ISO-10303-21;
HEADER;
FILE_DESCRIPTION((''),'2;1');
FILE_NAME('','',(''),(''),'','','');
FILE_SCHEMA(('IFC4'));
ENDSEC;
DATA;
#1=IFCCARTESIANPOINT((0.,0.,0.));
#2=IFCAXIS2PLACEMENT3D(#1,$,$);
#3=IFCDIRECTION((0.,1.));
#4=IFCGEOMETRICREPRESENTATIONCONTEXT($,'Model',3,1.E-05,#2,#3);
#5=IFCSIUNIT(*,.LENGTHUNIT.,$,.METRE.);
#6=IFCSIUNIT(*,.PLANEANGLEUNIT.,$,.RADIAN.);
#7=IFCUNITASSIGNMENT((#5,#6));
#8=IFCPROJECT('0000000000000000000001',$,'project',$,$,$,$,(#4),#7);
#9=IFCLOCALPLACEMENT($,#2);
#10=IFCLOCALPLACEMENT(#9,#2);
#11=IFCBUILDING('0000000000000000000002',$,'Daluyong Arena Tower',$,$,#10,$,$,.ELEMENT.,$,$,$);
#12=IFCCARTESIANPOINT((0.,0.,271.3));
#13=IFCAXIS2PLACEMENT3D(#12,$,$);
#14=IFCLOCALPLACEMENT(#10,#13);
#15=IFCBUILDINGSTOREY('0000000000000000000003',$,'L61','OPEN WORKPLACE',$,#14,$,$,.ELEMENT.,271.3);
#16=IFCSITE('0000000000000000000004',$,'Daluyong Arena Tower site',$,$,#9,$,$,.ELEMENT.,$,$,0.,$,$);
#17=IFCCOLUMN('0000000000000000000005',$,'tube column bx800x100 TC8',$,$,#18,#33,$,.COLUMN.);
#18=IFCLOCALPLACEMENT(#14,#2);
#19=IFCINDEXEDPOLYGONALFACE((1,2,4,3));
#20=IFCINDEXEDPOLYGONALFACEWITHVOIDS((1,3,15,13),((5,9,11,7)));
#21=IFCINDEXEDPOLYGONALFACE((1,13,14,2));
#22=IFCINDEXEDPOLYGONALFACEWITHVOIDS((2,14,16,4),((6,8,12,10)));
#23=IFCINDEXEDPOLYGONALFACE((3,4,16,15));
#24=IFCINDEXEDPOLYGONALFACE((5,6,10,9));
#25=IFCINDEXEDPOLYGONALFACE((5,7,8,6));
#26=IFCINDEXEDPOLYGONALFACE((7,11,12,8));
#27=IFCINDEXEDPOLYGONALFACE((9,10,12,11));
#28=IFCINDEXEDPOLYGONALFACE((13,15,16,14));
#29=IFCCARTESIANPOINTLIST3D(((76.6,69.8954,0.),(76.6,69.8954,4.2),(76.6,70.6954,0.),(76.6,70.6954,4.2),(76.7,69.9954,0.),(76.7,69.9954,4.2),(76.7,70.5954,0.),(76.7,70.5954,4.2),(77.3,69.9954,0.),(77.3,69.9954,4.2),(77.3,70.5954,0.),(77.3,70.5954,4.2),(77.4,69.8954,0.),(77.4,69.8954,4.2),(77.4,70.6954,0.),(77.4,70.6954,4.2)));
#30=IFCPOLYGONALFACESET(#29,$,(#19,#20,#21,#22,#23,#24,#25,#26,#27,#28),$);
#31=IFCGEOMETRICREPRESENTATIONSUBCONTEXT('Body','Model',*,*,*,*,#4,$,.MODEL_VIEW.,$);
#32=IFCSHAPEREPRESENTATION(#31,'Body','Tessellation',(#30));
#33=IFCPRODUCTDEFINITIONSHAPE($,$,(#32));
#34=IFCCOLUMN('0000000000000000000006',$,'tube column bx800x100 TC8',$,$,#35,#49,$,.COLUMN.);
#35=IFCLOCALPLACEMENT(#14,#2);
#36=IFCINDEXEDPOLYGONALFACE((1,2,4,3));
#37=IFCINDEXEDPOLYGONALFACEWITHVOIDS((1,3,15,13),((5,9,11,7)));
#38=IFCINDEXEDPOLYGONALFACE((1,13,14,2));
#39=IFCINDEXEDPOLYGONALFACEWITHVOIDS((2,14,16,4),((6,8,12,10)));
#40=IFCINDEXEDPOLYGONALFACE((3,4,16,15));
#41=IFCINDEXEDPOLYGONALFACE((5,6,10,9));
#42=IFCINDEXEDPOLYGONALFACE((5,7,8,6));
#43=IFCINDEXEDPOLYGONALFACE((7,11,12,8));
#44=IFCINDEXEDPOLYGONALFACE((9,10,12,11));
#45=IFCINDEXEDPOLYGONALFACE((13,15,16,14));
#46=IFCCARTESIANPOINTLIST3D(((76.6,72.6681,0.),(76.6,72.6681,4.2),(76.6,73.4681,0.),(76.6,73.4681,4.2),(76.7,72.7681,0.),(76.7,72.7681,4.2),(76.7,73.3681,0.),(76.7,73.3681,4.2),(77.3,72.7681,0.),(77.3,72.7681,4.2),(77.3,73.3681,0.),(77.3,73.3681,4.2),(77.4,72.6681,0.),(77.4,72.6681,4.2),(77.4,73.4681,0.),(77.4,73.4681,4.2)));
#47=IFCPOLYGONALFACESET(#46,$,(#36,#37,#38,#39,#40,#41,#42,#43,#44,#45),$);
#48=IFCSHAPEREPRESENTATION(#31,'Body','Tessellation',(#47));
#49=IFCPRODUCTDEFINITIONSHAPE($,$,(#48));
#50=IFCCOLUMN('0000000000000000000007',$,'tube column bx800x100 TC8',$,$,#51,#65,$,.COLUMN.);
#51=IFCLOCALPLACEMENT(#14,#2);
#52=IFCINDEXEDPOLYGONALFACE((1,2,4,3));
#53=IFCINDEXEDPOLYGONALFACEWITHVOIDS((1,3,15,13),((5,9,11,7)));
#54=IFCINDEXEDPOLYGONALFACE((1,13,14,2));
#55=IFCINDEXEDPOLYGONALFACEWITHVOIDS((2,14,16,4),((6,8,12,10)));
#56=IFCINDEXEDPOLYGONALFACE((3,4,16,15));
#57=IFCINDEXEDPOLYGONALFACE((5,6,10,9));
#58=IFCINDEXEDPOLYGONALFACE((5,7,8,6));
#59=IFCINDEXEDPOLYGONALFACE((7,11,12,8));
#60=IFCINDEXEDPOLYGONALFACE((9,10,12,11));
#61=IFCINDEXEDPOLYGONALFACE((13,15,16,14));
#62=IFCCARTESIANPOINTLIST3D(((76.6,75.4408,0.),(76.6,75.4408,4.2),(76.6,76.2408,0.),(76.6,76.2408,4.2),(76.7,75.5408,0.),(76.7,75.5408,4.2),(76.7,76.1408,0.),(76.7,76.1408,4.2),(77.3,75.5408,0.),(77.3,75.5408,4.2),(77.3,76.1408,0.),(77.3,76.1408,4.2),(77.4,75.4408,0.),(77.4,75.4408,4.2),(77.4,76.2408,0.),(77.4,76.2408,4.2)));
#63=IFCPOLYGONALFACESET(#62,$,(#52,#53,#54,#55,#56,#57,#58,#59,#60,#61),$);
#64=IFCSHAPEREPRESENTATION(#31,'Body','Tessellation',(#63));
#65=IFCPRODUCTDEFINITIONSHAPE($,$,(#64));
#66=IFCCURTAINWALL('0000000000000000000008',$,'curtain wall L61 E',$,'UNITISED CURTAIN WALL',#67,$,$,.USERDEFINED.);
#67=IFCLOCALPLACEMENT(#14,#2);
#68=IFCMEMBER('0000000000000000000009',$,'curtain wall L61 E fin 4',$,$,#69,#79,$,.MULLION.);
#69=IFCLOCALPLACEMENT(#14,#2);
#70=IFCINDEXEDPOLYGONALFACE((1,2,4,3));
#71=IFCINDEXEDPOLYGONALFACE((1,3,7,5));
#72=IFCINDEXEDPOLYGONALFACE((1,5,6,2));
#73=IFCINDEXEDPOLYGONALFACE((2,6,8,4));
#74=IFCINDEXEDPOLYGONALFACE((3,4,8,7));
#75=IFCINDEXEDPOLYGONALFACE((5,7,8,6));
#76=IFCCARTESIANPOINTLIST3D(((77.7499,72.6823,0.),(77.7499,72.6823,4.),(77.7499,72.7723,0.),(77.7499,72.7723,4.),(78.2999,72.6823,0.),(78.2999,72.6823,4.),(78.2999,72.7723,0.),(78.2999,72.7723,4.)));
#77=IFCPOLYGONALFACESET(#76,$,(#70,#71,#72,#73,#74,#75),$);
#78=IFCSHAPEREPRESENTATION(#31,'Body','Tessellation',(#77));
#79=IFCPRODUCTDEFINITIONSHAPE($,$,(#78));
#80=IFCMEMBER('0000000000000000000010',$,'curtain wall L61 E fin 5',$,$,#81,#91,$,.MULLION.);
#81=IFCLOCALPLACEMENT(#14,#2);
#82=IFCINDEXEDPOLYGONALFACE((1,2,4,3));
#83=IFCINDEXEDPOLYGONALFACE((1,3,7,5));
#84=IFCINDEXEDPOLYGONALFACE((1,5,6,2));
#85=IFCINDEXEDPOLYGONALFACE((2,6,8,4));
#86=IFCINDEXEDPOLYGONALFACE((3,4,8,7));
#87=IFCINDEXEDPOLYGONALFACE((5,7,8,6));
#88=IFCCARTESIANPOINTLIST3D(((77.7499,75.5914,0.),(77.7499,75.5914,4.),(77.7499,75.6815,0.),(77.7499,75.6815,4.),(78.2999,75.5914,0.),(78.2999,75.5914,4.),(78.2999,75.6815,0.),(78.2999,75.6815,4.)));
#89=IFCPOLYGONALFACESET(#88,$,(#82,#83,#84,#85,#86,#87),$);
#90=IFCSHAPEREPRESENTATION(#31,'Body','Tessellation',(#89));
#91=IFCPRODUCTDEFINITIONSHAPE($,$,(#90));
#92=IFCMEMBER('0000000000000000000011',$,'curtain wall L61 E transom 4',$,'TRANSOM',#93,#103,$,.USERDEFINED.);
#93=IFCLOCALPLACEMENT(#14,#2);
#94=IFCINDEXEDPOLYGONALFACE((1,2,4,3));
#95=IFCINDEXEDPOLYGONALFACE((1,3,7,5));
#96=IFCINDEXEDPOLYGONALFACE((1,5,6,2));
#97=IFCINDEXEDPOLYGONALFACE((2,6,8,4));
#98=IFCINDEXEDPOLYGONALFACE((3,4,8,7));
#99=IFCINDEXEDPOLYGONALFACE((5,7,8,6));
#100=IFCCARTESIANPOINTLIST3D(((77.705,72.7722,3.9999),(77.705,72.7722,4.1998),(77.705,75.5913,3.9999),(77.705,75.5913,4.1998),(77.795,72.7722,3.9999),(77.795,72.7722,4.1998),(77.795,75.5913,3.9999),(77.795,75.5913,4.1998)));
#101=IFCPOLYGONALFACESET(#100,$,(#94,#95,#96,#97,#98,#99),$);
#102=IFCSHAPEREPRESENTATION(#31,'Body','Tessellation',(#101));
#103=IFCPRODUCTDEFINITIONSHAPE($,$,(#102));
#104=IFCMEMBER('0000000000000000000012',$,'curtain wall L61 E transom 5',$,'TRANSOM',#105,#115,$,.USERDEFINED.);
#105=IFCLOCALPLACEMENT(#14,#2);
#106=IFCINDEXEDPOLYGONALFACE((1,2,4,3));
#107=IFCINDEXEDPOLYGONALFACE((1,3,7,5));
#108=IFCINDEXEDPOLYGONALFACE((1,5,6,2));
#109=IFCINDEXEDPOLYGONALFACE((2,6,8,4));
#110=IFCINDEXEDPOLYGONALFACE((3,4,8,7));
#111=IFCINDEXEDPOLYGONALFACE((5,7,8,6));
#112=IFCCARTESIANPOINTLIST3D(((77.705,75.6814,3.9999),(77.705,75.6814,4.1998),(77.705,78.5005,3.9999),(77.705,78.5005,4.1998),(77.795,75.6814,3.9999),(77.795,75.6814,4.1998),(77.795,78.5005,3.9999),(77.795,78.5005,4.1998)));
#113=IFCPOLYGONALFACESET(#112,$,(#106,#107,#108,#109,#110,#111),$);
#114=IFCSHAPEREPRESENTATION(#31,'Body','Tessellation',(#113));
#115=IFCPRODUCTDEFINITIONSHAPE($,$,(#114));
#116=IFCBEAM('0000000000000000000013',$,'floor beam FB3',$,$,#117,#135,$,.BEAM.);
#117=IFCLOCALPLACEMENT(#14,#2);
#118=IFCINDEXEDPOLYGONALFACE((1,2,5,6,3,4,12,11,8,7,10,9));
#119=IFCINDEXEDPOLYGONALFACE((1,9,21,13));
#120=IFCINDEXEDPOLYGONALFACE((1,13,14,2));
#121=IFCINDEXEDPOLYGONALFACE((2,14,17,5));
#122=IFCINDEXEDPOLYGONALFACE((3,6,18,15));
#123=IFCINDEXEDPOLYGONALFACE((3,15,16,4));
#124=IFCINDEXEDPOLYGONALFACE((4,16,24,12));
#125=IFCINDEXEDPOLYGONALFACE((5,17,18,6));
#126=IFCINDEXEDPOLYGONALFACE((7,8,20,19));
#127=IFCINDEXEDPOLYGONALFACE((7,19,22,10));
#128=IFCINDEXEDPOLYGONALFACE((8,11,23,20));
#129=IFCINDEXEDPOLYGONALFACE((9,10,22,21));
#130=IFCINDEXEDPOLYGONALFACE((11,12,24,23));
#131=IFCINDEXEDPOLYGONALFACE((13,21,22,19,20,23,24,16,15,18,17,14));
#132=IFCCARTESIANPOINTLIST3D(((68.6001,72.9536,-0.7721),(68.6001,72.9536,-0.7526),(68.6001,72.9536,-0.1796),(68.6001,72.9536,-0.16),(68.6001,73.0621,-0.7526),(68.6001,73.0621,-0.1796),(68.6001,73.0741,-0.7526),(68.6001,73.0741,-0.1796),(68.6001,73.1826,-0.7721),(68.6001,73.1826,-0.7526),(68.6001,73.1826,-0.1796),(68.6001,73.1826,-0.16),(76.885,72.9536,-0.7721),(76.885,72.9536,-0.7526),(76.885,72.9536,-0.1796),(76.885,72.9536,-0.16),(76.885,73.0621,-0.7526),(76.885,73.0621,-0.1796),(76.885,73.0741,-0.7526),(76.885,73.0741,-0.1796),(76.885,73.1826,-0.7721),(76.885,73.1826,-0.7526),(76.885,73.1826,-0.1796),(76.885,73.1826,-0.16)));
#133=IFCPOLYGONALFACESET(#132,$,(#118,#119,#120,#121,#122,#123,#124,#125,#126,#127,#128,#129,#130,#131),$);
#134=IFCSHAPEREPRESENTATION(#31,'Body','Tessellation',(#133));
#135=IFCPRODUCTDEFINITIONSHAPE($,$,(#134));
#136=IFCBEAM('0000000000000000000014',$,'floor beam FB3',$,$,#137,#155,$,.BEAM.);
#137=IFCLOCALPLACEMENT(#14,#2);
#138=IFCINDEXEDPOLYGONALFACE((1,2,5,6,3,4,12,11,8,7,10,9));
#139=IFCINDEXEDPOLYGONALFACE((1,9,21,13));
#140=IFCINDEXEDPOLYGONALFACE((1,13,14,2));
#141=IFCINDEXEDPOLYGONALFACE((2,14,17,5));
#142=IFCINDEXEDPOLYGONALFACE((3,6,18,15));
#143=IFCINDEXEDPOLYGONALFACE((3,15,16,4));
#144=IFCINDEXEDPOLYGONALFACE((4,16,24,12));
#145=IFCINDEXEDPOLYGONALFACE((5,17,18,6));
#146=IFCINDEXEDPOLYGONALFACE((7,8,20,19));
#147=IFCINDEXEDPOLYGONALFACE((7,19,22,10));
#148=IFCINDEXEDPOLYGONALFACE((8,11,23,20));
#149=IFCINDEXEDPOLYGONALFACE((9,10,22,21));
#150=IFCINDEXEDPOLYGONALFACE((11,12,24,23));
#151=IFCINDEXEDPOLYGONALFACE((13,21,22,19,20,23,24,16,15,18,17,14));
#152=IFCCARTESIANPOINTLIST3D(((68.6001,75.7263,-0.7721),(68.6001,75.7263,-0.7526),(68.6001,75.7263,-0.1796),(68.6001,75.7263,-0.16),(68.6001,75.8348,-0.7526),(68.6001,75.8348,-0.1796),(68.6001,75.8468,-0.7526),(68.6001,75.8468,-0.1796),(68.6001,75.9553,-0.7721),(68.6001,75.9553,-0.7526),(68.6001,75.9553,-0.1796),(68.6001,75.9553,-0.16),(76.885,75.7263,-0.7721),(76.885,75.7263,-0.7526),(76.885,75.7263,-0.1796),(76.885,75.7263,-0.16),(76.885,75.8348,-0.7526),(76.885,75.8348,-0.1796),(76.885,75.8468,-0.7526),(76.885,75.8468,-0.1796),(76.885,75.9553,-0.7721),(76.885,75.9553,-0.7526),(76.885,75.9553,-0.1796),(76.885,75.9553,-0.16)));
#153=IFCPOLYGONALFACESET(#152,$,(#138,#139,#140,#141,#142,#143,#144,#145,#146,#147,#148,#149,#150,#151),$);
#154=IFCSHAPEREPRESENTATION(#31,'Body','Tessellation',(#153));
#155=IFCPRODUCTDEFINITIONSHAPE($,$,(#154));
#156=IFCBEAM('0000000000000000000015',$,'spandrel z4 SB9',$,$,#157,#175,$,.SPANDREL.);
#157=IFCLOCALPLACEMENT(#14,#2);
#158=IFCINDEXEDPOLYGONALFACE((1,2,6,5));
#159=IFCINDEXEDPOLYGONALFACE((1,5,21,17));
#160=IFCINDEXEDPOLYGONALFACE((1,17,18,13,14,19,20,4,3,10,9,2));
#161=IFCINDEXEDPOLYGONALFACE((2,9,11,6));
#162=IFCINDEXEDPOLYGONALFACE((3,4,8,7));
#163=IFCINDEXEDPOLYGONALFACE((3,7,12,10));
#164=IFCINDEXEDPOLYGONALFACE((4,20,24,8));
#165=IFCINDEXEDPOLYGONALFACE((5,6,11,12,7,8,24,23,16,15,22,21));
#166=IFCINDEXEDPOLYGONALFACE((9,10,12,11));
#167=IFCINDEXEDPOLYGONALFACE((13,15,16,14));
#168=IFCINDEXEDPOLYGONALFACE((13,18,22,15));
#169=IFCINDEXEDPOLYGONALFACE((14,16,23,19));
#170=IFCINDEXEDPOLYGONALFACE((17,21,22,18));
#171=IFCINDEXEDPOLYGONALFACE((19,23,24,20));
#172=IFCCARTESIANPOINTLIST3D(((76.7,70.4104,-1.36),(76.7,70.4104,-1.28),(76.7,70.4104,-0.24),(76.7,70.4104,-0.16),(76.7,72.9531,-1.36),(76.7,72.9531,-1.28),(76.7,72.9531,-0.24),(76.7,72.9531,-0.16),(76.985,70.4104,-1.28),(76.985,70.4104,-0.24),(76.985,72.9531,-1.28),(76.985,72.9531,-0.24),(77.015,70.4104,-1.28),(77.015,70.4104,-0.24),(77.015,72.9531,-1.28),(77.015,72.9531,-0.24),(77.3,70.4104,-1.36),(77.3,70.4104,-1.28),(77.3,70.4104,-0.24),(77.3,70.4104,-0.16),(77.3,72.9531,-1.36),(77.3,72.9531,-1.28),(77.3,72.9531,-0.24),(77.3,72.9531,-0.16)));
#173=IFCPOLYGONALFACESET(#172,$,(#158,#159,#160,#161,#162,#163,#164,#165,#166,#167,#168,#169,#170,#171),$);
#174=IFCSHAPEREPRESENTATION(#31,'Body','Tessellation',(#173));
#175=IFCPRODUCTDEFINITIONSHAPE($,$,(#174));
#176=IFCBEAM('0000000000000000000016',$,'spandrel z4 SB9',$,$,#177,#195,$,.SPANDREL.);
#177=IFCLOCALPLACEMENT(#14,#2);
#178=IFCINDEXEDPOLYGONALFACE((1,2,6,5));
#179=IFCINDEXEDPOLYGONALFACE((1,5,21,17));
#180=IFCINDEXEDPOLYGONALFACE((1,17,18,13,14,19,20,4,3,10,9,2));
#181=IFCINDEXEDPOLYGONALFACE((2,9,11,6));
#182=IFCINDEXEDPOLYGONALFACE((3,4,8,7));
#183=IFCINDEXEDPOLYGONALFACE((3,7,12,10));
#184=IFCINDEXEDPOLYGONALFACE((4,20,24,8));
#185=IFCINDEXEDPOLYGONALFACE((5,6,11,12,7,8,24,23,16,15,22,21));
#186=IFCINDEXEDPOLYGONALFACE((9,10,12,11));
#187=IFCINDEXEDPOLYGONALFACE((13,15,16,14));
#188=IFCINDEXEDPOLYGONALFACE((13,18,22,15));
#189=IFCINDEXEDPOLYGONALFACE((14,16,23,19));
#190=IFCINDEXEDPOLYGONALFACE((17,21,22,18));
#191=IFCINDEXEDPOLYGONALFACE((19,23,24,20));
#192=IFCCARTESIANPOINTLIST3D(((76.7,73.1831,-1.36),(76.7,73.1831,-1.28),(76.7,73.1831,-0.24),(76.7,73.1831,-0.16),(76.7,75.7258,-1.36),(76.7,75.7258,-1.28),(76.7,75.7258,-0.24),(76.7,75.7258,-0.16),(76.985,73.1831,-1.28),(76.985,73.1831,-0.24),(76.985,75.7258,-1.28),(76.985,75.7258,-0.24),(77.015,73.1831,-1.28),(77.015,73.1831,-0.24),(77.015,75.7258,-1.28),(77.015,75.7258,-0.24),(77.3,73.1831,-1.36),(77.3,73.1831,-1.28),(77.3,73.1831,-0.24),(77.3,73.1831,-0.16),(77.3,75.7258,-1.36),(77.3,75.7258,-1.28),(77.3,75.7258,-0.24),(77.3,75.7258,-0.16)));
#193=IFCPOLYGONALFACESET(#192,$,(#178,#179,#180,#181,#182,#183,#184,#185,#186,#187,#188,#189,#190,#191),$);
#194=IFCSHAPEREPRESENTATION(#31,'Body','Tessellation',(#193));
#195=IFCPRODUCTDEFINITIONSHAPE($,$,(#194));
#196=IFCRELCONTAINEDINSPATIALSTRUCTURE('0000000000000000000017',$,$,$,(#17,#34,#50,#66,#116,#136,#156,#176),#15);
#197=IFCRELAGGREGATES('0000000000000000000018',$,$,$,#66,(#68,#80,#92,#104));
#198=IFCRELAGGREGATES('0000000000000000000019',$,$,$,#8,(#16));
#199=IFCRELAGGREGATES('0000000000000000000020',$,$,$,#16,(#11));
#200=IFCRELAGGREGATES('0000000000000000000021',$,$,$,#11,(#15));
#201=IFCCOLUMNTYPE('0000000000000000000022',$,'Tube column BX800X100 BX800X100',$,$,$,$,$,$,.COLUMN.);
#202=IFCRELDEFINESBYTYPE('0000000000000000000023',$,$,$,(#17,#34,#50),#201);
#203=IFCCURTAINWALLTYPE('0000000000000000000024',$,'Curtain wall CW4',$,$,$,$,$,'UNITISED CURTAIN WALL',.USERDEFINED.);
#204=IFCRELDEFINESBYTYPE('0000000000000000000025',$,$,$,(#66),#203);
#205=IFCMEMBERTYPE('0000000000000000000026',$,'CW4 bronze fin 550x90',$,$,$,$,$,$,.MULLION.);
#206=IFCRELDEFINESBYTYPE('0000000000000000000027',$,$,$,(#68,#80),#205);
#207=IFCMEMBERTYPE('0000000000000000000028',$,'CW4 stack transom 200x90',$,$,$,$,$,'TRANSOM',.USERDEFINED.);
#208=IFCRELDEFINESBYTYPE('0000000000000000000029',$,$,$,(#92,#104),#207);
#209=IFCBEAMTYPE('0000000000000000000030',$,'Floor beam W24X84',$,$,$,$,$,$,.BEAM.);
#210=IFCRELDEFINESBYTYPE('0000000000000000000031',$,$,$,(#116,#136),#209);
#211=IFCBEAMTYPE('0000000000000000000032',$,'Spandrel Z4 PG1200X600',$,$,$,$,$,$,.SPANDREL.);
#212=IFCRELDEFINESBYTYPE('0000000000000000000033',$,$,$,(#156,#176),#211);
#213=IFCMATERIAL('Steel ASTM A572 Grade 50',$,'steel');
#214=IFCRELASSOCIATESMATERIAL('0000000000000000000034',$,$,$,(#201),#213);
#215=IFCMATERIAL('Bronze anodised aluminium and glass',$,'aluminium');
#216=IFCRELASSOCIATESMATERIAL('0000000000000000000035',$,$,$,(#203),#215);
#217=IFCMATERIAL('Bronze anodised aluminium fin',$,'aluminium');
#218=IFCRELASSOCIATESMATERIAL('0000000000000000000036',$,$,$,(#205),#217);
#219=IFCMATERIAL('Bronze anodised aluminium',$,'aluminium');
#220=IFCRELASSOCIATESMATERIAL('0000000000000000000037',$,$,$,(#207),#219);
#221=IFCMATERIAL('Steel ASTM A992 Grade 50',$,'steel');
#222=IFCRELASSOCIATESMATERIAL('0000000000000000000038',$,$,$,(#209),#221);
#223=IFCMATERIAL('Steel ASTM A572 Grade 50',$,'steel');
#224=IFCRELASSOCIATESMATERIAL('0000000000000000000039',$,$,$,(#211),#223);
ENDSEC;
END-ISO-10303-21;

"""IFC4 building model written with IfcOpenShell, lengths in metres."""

from ifc_helpers import new_model, si_unit, direction, frame, origin, origin_2d, place, context, subcontext, project, spatial, rectangle, hollow_rectangle, i_section, extrude, material, material_profile, profile_set, type_object, element, aggregate, save


model = new_model("IFC4")

# Units and contexts
model_context = context("Model", 3, precision=1e-05, world=origin(), true_north=direction((0.0, 1.0)))
body_context = subcontext(model_context, "Body", "Model", "MODEL_VIEW")
ifc_project = project(units=[si_unit("LENGTHUNIT", "METRE"), si_unit("PLANEANGLEUNIT", "RADIAN")], contexts=[model_context])

# Site, building, storey
site_placement = place(None, origin())
site = spatial("IfcSite", under=ifc_project, at=site_placement, Name="Daluyong Arena Tower site", CompositionType="ELEMENT", RefElevation=0.0)
building_placement = place(site_placement, origin())
building = spatial("IfcBuilding", under=site, at=building_placement, Name="Daluyong Arena Tower", CompositionType="ELEMENT")
storey_placement = place(building_placement, frame((0.0, 0.0, 271.3)))
storey = spatial("IfcBuildingStorey", under=building, at=storey_placement, Name="L61", Description="OPEN WORKPLACE", CompositionType="ELEMENT", Elevation=271.3)

# Columns
ifc_material_1 = material(Name="Steel ASTM A572 Grade 50", Category="steel")
ifc_material_profile_1 = material_profile(ifc_material_1, hollow_rectangle(XDim=0.8, YDim=0.8, WallThickness=0.1, at=origin_2d()))
ifc_profile_set_1 = profile_set([ifc_material_profile_1], Name="Steel ASTM A572 Grade 50")
column_type = type_object("IfcColumnType", Name="Tube column BX800X100 BX800X100", PredefinedType="COLUMN", material=ifc_profile_set_1)
for number, where, z_axis, x_axis, name in (
    (1, (77.0, 70.2954, 0.0), (0.0, 0.0, 1.0), (0.0, 1.0, 0.0), "tube column bx800x100 TC8"),
    (2, (77.0, 73.0681, 0.0), (0.0, 0.0, 1.0), (0.0, 1.0, 0.0), "tube column bx800x100 TC8"),
    (3, (77.0, 75.8408, 0.0), (0.0, 0.0, 1.0), (0.0, 1.0, 0.0), "tube column bx800x100 TC8"),
):
    element("IfcColumn", number, at=place(storey_placement, frame(where, z_axis=z_axis, x_axis=x_axis)), inside=storey, type_object=column_type, Name=name, PredefinedType="COLUMN", context=body_context, shape_type="SweptSolid", body=[
        extrude(hollow_rectangle(XDim=0.8, YDim=0.8, WallThickness=0.1, at=origin_2d()), origin(), (0.0, 0.0, 1.0), 4.2),
    ])

# Curtain wall, members
ifc_material_2 = material(Name="Bronze anodised aluminium and glass", Category="aluminium")
curtain_wall_type = type_object("IfcCurtainWallType", Name="Curtain wall CW4", ElementType="UNITISED CURTAIN WALL", PredefinedType="USERDEFINED", material=ifc_material_2)
curtain_wall_placement = place(storey_placement, origin())
curtain_wall = element("IfcCurtainWall", 4, at=curtain_wall_placement, inside=storey, type_object=curtain_wall_type, Name="curtain wall L61 E", ObjectType="UNITISED CURTAIN WALL", PredefinedType="USERDEFINED")
ifc_material_3 = material(Name="Bronze anodised aluminium fin", Category="aluminium")
ifc_material_profile_2 = material_profile(ifc_material_3, rectangle(XDim=0.55, YDim=0.0901, at=origin_2d()))
ifc_profile_set_2 = profile_set([ifc_material_profile_2], Name="Bronze anodised aluminium fin")
member_type_1 = type_object("IfcMemberType", Name="CW4 bronze fin 550x90", PredefinedType="MULLION", material=ifc_profile_set_2)
member_1_placement = place(storey_placement, frame((78.0249, 72.7273, 0.0), z_axis=(0.0, 0.0, 1.0), x_axis=(-1.0, 0.0, 0.0)))
member_1 = element("IfcMember", 5, at=member_1_placement, type_object=member_type_1, Name="curtain wall L61 E fin 4", PredefinedType="MULLION", context=body_context, shape_type="SweptSolid", body=[
    extrude(rectangle(XDim=0.55, YDim=0.0901, at=origin_2d()), origin(), (0.0, 0.0, 1.0), 4.0),
])
member_2_placement = place(storey_placement, frame((78.0249, 75.6365, 0.0), z_axis=(0.0, 0.0, 1.0), x_axis=(-1.0, 0.0, 0.0)))
member_2 = element("IfcMember", 6, at=member_2_placement, type_object=member_type_1, Name="curtain wall L61 E fin 5", PredefinedType="MULLION", context=body_context, shape_type="SweptSolid", body=[
    extrude(rectangle(XDim=0.55, YDim=0.0901, at=origin_2d()), origin(), (0.0, 0.0, 1.0), 4.0),
])
ifc_material_4 = material(Name="Bronze anodised aluminium", Category="aluminium")
ifc_material_profile_3 = material_profile(ifc_material_4, rectangle(XDim=0.0901, YDim=0.2, at=origin_2d()))
ifc_profile_set_3 = profile_set([ifc_material_profile_3], Name="Bronze anodised aluminium")
member_type_2 = type_object("IfcMemberType", Name="CW4 stack transom 200x90", ElementType="TRANSOM", PredefinedType="USERDEFINED", material=ifc_profile_set_3)
member_3_placement = place(storey_placement, frame((77.75, 72.7722, 4.0999), z_axis=(0.0, 1.0, 0.0), x_axis=(-1.0, 0.0, 0.0)))
member_3 = element("IfcMember", 7, at=member_3_placement, type_object=member_type_2, Name="curtain wall L61 E transom 4", ObjectType="TRANSOM", PredefinedType="USERDEFINED", context=body_context, shape_type="SweptSolid", body=[
    extrude(rectangle(XDim=0.0901, YDim=0.2, at=origin_2d()), origin(), (0.0, 0.0, 1.0), 2.8191),
])
member_4_placement = place(storey_placement, frame((77.75, 75.6814, 4.0999), z_axis=(0.0, 1.0, 0.0), x_axis=(-1.0, 0.0, 0.0)))
member_4 = element("IfcMember", 8, at=member_4_placement, type_object=member_type_2, Name="curtain wall L61 E transom 5", ObjectType="TRANSOM", PredefinedType="USERDEFINED", context=body_context, shape_type="SweptSolid", body=[
    extrude(rectangle(XDim=0.0901, YDim=0.2, at=origin_2d()), origin(), (0.0, 0.0, 1.0), 2.8191),
])

# Beams
ifc_material_5 = material(Name="Steel ASTM A992 Grade 50", Category="steel")
ifc_material_profile_4 = material_profile(ifc_material_5, i_section(OverallWidth=0.229, OverallDepth=0.6121, WebThickness=0.012, FlangeThickness=0.0195, at=origin_2d()))
ifc_profile_set_4 = profile_set([ifc_material_profile_4], Name="Steel ASTM A992 Grade 50")
beam_type_1 = type_object("IfcBeamType", Name="Floor beam W24X84", PredefinedType="BEAM", material=ifc_profile_set_4)
for number, where, z_axis, x_axis, name in (
    (9, (76.885, 73.0681, -0.4661), (-1.0, 0.0, 0.0), (0.0, -1.0, 0.0), "floor beam FB3"),
    (10, (76.885, 75.8408, -0.4661), (-1.0, 0.0, 0.0), (0.0, -1.0, 0.0), "floor beam FB3"),
):
    element("IfcBeam", number, at=place(storey_placement, frame(where, z_axis=z_axis, x_axis=x_axis)), inside=storey, type_object=beam_type_1, Name=name, PredefinedType="BEAM", context=body_context, shape_type="SweptSolid", body=[
        extrude(i_section(OverallWidth=0.229, OverallDepth=0.6121, WebThickness=0.012, FlangeThickness=0.0195, at=origin_2d()), origin(), (0.0, 0.0, 1.0), 8.2849),
    ])
ifc_material_6 = material(Name="Steel ASTM A572 Grade 50", Category="steel")
ifc_material_profile_5 = material_profile(ifc_material_6, i_section(OverallWidth=0.6001, OverallDepth=1.2, WebThickness=0.03, FlangeThickness=0.08, at=origin_2d()))
ifc_profile_set_5 = profile_set([ifc_material_profile_5], Name="Steel ASTM A572 Grade 50")
beam_type_2 = type_object("IfcBeamType", Name="Spandrel Z4 PG1200X600", PredefinedType="SPANDREL", material=ifc_profile_set_5)
for number, where, z_axis, x_axis, name in (
    (11, (77.0, 70.4104, -0.76), (0.0, 1.0, 0.0), (-1.0, 0.0, 0.0), "spandrel z4 SB9"),
    (12, (77.0, 73.1831, -0.76), (0.0, 1.0, 0.0), (-1.0, 0.0, 0.0), "spandrel z4 SB9"),
):
    element("IfcBeam", number, at=place(storey_placement, frame(where, z_axis=z_axis, x_axis=x_axis)), inside=storey, type_object=beam_type_2, Name=name, PredefinedType="SPANDREL", context=body_context, shape_type="SweptSolid", body=[
        extrude(i_section(OverallWidth=0.6001, OverallDepth=1.2, WebThickness=0.03, FlangeThickness=0.08, at=origin_2d()), origin(), (0.0, 0.0, 1.0), 2.5427),
    ])

aggregate(curtain_wall, [member_1, member_2, member_3, member_4])

save(model, "model.ifc")
